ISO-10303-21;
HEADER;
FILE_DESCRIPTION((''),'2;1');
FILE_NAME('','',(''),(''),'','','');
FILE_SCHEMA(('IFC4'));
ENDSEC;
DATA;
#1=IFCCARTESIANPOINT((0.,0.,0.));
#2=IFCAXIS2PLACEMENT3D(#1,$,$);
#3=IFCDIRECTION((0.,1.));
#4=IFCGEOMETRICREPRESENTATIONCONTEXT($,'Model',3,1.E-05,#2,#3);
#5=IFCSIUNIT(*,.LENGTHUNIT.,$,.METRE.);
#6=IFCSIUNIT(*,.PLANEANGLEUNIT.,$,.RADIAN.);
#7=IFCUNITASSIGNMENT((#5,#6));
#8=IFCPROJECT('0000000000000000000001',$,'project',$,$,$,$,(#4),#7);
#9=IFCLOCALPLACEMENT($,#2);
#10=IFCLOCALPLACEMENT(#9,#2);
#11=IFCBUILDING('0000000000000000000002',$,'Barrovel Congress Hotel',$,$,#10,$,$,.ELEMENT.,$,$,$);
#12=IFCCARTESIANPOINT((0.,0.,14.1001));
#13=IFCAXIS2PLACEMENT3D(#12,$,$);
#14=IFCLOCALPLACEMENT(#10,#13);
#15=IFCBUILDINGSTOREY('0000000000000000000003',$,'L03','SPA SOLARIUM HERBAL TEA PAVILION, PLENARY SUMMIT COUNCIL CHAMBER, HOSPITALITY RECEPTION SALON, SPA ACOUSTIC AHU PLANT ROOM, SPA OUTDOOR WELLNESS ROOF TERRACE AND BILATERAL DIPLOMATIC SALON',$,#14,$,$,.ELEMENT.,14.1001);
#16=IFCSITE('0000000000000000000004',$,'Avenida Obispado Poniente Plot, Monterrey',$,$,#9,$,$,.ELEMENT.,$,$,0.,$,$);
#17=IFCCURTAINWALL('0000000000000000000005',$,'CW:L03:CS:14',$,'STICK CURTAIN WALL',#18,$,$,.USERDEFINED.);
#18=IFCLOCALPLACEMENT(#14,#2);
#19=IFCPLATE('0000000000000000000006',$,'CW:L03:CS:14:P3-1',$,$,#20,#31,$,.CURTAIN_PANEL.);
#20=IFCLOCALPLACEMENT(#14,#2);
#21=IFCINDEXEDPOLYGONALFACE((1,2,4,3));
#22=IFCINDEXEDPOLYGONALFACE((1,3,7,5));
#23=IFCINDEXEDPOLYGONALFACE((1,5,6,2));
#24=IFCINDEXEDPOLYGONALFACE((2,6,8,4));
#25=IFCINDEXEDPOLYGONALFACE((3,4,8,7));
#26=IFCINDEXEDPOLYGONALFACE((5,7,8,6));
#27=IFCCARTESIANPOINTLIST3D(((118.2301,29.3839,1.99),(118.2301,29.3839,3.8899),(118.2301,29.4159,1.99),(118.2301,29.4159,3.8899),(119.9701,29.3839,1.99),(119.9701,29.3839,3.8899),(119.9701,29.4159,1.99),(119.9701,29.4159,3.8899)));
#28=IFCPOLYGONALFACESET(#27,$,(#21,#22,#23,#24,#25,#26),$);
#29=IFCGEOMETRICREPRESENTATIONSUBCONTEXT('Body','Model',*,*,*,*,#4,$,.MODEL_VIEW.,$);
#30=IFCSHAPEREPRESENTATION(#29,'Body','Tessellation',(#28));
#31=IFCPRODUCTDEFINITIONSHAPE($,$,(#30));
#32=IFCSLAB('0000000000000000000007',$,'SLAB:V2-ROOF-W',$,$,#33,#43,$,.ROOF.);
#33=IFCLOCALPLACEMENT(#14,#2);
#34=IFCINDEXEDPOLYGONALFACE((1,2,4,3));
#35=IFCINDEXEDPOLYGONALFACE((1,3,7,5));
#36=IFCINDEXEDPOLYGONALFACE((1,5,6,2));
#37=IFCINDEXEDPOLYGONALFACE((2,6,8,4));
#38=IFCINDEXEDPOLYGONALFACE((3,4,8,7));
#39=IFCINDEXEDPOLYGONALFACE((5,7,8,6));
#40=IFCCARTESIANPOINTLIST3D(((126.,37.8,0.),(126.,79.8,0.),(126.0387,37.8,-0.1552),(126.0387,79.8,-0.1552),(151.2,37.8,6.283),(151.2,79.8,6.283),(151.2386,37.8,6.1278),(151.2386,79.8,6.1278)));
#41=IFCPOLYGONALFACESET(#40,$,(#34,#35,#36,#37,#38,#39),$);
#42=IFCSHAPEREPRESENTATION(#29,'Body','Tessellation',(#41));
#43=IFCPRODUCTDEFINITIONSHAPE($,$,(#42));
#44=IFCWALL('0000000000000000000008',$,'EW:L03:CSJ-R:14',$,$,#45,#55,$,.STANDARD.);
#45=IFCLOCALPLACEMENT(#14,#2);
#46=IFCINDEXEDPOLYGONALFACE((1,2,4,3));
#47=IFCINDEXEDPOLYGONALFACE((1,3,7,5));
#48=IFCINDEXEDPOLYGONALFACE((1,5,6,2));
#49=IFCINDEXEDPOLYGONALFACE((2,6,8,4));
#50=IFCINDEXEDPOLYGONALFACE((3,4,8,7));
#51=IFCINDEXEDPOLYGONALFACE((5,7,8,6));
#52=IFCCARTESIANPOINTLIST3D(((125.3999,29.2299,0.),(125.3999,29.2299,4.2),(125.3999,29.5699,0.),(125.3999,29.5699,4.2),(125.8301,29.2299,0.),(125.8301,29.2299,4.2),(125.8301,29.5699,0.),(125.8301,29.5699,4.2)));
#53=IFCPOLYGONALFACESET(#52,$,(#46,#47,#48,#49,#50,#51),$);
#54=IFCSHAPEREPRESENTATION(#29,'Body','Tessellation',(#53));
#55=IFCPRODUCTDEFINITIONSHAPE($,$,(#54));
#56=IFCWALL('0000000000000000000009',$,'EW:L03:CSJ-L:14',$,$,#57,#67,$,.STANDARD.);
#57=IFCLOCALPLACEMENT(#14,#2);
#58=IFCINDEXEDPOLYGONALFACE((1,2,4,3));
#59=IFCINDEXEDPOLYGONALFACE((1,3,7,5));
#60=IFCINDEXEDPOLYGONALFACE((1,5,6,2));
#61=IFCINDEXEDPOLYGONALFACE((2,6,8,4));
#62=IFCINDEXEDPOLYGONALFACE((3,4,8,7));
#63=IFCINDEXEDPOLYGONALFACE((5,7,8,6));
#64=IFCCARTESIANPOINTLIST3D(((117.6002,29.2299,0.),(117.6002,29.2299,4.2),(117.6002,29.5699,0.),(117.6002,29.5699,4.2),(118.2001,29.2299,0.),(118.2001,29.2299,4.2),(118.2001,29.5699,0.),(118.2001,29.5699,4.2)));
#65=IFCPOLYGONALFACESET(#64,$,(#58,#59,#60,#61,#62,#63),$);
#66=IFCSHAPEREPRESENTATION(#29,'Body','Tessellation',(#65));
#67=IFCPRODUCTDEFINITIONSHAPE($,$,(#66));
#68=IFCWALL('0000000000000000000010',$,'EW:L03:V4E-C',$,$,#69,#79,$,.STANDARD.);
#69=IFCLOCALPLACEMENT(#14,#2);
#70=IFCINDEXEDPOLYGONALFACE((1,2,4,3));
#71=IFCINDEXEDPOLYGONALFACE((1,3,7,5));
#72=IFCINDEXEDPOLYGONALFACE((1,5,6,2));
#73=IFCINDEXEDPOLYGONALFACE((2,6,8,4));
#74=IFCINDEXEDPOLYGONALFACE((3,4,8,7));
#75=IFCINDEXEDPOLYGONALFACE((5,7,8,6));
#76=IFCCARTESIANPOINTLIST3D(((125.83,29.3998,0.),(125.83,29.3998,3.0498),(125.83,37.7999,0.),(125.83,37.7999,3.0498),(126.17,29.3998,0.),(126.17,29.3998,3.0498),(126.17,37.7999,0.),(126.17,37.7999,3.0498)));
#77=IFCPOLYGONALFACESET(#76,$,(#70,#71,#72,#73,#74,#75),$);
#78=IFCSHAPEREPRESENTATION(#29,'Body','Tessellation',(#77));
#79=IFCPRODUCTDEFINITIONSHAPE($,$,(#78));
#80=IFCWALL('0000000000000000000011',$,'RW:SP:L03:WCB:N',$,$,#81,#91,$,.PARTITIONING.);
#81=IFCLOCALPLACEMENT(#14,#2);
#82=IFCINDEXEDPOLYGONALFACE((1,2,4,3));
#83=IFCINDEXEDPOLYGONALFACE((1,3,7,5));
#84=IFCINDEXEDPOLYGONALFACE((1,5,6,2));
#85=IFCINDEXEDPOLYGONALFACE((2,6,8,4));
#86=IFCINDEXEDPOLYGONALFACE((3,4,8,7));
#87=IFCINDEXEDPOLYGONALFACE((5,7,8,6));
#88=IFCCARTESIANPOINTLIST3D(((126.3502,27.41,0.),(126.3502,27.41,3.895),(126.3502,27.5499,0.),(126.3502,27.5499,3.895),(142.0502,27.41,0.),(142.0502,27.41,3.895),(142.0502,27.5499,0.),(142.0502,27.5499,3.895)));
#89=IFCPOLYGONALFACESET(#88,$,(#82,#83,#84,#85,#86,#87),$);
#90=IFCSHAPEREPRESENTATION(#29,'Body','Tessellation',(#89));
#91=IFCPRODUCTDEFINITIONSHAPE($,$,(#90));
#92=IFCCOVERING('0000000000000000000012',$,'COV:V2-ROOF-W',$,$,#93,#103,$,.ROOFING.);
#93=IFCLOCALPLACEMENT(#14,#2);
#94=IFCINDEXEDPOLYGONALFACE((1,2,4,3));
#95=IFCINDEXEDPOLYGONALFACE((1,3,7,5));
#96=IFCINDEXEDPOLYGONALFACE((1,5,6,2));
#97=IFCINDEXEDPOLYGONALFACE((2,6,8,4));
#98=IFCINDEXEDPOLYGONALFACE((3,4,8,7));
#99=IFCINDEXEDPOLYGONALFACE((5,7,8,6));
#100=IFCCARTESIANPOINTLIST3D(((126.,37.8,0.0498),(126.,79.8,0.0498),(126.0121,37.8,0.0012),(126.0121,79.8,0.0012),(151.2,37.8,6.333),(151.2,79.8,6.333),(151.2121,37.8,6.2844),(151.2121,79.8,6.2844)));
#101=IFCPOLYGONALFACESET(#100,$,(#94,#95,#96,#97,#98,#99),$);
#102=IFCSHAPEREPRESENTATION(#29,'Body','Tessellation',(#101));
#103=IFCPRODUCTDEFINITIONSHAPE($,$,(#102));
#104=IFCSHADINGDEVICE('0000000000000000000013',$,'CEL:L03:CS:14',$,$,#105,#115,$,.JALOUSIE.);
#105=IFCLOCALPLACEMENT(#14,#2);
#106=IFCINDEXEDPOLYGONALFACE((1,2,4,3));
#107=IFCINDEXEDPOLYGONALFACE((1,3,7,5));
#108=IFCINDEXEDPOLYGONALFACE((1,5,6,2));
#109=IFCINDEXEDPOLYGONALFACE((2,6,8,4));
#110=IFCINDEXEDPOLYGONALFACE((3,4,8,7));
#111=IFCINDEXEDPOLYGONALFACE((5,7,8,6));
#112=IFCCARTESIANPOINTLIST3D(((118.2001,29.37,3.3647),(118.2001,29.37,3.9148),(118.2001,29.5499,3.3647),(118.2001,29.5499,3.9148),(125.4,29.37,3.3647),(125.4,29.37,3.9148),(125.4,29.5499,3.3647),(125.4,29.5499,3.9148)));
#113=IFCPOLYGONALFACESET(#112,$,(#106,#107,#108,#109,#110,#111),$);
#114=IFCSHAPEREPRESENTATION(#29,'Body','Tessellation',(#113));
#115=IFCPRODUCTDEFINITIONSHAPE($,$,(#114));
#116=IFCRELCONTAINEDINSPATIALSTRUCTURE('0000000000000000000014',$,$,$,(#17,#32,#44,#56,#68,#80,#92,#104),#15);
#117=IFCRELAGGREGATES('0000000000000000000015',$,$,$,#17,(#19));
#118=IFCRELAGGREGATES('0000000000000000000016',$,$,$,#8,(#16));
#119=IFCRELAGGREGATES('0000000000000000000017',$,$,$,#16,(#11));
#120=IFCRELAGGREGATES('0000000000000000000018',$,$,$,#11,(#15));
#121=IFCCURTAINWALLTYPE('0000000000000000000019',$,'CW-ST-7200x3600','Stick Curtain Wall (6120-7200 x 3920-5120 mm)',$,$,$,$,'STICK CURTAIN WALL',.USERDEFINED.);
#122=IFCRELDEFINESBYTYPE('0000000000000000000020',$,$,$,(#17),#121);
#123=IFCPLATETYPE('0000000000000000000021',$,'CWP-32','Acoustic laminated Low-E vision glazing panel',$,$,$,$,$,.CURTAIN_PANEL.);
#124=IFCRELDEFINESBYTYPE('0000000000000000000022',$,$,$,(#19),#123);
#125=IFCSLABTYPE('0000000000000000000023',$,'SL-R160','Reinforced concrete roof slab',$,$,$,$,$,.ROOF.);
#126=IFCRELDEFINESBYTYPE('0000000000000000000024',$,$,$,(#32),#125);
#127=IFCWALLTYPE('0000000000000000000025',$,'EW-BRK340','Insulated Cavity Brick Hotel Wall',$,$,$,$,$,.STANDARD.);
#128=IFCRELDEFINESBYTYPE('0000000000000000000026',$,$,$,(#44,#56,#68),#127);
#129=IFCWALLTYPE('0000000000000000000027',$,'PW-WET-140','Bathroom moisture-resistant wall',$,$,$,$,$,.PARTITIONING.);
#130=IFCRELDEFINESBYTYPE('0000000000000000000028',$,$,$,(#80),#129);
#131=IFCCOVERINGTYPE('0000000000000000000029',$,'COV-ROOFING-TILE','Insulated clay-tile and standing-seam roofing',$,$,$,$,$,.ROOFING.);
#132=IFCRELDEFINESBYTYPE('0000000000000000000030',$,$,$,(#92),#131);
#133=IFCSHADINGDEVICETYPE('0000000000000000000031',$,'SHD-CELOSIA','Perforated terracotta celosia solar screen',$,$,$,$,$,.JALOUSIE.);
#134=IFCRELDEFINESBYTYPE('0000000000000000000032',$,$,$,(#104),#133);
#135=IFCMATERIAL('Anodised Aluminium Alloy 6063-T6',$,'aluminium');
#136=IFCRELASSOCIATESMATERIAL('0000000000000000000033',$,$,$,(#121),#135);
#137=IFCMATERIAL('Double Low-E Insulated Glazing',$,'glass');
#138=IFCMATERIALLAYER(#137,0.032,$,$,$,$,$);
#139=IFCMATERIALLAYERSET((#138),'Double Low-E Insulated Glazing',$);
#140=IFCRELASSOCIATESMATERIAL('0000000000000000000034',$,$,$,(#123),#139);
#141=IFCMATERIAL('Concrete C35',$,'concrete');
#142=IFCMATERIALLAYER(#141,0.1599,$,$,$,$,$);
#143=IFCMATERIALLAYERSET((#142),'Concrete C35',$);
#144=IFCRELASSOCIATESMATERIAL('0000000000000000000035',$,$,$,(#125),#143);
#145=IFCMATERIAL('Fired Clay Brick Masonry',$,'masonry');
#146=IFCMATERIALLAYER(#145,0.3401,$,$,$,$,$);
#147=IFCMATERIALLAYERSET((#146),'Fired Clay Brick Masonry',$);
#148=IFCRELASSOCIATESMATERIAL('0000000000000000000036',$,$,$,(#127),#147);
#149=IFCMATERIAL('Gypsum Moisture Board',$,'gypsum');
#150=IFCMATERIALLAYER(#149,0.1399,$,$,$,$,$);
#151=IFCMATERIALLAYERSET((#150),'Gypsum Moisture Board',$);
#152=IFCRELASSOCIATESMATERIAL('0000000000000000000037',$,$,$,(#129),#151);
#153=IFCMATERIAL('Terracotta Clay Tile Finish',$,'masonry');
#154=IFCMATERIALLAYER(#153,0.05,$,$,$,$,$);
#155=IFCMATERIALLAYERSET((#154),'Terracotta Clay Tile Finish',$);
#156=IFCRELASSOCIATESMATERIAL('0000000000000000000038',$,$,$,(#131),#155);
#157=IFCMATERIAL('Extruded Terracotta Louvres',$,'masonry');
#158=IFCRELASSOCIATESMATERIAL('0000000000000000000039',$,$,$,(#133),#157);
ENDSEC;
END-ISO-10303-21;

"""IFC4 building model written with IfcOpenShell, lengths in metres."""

from ifc_helpers import new_model, si_unit, direction, frame, frame_2d, origin, origin_2d, place, context, subcontext, project, spatial, polyline, rectangle, outline, extrude, material, layer, layer_set, type_object, element, aggregate, save


model = new_model("IFC4")

# Units and contexts
model_context = context("Model", 3, precision=1e-05, world=origin(), true_north=direction((0.0, 1.0)))
body_context = subcontext(model_context, "Body", "Model", "MODEL_VIEW")
ifc_project = project(units=[si_unit("LENGTHUNIT", "METRE"), si_unit("PLANEANGLEUNIT", "RADIAN")], contexts=[model_context])

# Site, building, storey
site_placement = place(None, origin())
site = spatial("IfcSite", under=ifc_project, at=site_placement, Name="Avenida Obispado Poniente Plot, Monterrey", CompositionType="ELEMENT", RefElevation=0.0)
building_placement = place(site_placement, origin())
building = spatial("IfcBuilding", under=site, at=building_placement, Name="Barrovel Congress Hotel", CompositionType="ELEMENT")
storey_placement = place(building_placement, frame((0.0, 0.0, 14.1001)))
storey = spatial("IfcBuildingStorey", under=building, at=storey_placement, Name="L03", Description="SPA SOLARIUM HERBAL TEA PAVILION, PLENARY SUMMIT COUNCIL CHAMBER, HOSPITALITY RECEPTION SALON, SPA ACOUSTIC AHU PLANT ROOM, SPA OUTDOOR WELLNESS ROOF TERRACE AND BILATERAL DIPLOMATIC SALON", CompositionType="ELEMENT", Elevation=14.1001)

# Curtain wall
ifc_material_1 = material(Name="Anodised Aluminium Alloy 6063-T6", Category="aluminium")
curtain_wall_type = type_object("IfcCurtainWallType", Name="CW-ST-7200x3600", Description="Stick Curtain Wall (6120-7200 x 3920-5120 mm)", ElementType="STICK CURTAIN WALL", PredefinedType="USERDEFINED", material=ifc_material_1)
curtain_wall_placement = place(storey_placement, origin())
curtain_wall = element("IfcCurtainWall", 1, at=curtain_wall_placement, inside=storey, type_object=curtain_wall_type, Name="CW:L03:CS:14", ObjectType="STICK CURTAIN WALL", PredefinedType="USERDEFINED")

# Plate
ifc_material_2 = material(Name="Double Low-E Insulated Glazing", Category="glass")
ifc_layer_1 = layer(ifc_material_2, 0.032)
ifc_layer_set_1 = layer_set([ifc_layer_1], Name="Double Low-E Insulated Glazing")
plate_type = type_object("IfcPlateType", Name="CWP-32", Description="Acoustic laminated Low-E vision glazing panel", PredefinedType="CURTAIN_PANEL", material=ifc_layer_set_1)
plate_1_placement = place(storey_placement, frame((119.1001, 29.3999, 1.99), z_axis=(0.0, 0.0, 1.0), x_axis=(-1.0, 0.0, 0.0)))
plate_1 = element("IfcPlate", 2, at=plate_1_placement, type_object=plate_type, Name="CW:L03:CS:14:P3-1", PredefinedType="CURTAIN_PANEL", context=body_context, shape_type="SweptSolid", body=[
    extrude(rectangle(XDim=1.74, YDim=0.032, at=origin_2d()), origin(), (0.0, 0.0, 1.0), 1.8999),
])
aggregate(curtain_wall, [plate_1])

# Slab
ifc_material_3 = material(Name="Concrete C35", Category="concrete")
ifc_layer_2 = layer(ifc_material_3, 0.1599)
ifc_layer_set_2 = layer_set([ifc_layer_2], Name="Concrete C35")
slab_type = type_object("IfcSlabType", Name="SL-R160", Description="Reinforced concrete roof slab", PredefinedType="ROOF", material=ifc_layer_set_2)
slab_placement = place(storey_placement, frame((126.0, 37.8, 0.0), z_axis=(-0.241918, 0.0, 0.970297), x_axis=(0.970297, 0.0, 0.241918)))
element("IfcSlab", 3, at=slab_placement, inside=storey, type_object=slab_type, Name="SLAB:V2-ROOF-W", PredefinedType="ROOF", context=body_context, shape_type="SweptSolid", body=[
    extrude(outline(polyline([(0.0, 0.0), (25.9714, 0.0), (25.9714, 42.0), (0.0, 42.0), (0.0, 0.0)])), origin(), (0.0, 0.0, -1.0), 0.1599),
])

# Walls
ifc_material_4 = material(Name="Fired Clay Brick Masonry", Category="masonry")
ifc_layer_3 = layer(ifc_material_4, 0.3401)
ifc_layer_set_3 = layer_set([ifc_layer_3], Name="Fired Clay Brick Masonry")
wall_type_1 = type_object("IfcWallType", Name="EW-BRK340", Description="Insulated Cavity Brick Hotel Wall", PredefinedType="STANDARD", material=ifc_layer_set_3)
wall_1_placement = place(storey_placement, frame((125.8301, 29.3999, 0.0), z_axis=(0.0, 0.0, 1.0), x_axis=(-1.0, 0.0, 0.0)))
element("IfcWall", 4, at=wall_1_placement, inside=storey, type_object=wall_type_1, Name="EW:L03:CSJ-R:14", PredefinedType="STANDARD", context=body_context, shape_type="SweptSolid", body=[
    extrude(rectangle(XDim=0.4302, YDim=0.3401, at=frame_2d((0.2151, 0.0))), origin(), (0.0, 0.0, 1.0), 4.2),
])
wall_2_placement = place(storey_placement, frame((118.2, 29.3999, 0.0), z_axis=(0.0, 0.0, 1.0), x_axis=(-1.0, 0.0, 0.0)))
element("IfcWall", 5, at=wall_2_placement, inside=storey, type_object=wall_type_1, Name="EW:L03:CSJ-L:14", PredefinedType="STANDARD", context=body_context, shape_type="SweptSolid", body=[
    extrude(rectangle(XDim=0.5999, YDim=0.3401, at=frame_2d((0.2998, 0.0))), origin(), (0.0, 0.0, 1.0), 4.2),
])
wall_3_placement = place(storey_placement, frame((126.0, 37.8, 0.0), z_axis=(0.0, 0.0, 1.0), x_axis=(0.0, -1.0, 0.0)))
element("IfcWall", 6, at=wall_3_placement, inside=storey, type_object=wall_type_1, Name="EW:L03:V4E-C", PredefinedType="STANDARD", context=body_context, shape_type="SweptSolid", body=[
    extrude(rectangle(XDim=8.4001, YDim=0.3401, at=frame_2d((4.2002, 0.0))), origin(), (0.0, 0.0, 1.0), 3.0498),
])
ifc_material_5 = material(Name="Gypsum Moisture Board", Category="gypsum")
ifc_layer_4 = layer(ifc_material_5, 0.1399)
ifc_layer_set_4 = layer_set([ifc_layer_4], Name="Gypsum Moisture Board")
wall_type_2 = type_object("IfcWallType", Name="PW-WET-140", Description="Bathroom moisture-resistant wall", PredefinedType="PARTITIONING", material=ifc_layer_set_4)
wall_4_placement = place(storey_placement, frame((126.3501, 27.48, 0.0), z_axis=(0.0, 0.0, 1.0), x_axis=(1.0, 0.0, 0.0)))
element("IfcWall", 7, at=wall_4_placement, inside=storey, type_object=wall_type_2, Name="RW:SP:L03:WCB:N", PredefinedType="PARTITIONING", context=body_context, shape_type="SweptSolid", body=[
    extrude(rectangle(XDim=15.7, YDim=0.1399, at=frame_2d((7.8501, 0.0))), origin(), (0.0, 0.0, 1.0), 3.895),
])

# Covering
ifc_material_6 = material(Name="Terracotta Clay Tile Finish", Category="masonry")
ifc_layer_5 = layer(ifc_material_6, 0.05)
ifc_layer_set_5 = layer_set([ifc_layer_5], Name="Terracotta Clay Tile Finish")
covering_type = type_object("IfcCoveringType", Name="COV-ROOFING-TILE", Description="Insulated clay-tile and standing-seam roofing", PredefinedType="ROOFING", material=ifc_layer_set_5)
covering_placement = place(storey_placement, frame((126.0, 37.8, 0.0498), z_axis=(-0.241927, 0.0, 0.970294), x_axis=(0.970294, 0.0, 0.241927)))
element("IfcCovering", 8, at=covering_placement, inside=storey, type_object=covering_type, Name="COV:V2-ROOF-W", PredefinedType="ROOFING", context=body_context, shape_type="SweptSolid", body=[
    extrude(outline(polyline([(0.0, 0.0), (25.9714, 0.0), (25.9714, 42.0), (0.0, 42.0), (0.0, 0.0)])), origin(), (0.0, 0.0, -1.0), 0.05),
])

# Shading device
ifc_material_7 = material(Name="Extruded Terracotta Louvres", Category="masonry")
shading_device_type = type_object("IfcShadingDeviceType", Name="SHD-CELOSIA", Description="Perforated terracotta celosia solar screen", PredefinedType="JALOUSIE", material=ifc_material_7)
shading_device_placement = place(storey_placement, frame((121.8, 29.46, 3.3647), z_axis=(0.0, 0.0, 1.0), x_axis=(1.0, 0.0, 0.0)))
element("IfcShadingDevice", 9, at=shading_device_placement, inside=storey, type_object=shading_device_type, Name="CEL:L03:CS:14", PredefinedType="JALOUSIE", context=body_context, shape_type="SweptSolid", body=[
    extrude(rectangle(XDim=7.2, YDim=0.1799, at=origin_2d()), origin(), (0.0, 0.0, 1.0), 0.55),
])

save(model, "model.ifc")
